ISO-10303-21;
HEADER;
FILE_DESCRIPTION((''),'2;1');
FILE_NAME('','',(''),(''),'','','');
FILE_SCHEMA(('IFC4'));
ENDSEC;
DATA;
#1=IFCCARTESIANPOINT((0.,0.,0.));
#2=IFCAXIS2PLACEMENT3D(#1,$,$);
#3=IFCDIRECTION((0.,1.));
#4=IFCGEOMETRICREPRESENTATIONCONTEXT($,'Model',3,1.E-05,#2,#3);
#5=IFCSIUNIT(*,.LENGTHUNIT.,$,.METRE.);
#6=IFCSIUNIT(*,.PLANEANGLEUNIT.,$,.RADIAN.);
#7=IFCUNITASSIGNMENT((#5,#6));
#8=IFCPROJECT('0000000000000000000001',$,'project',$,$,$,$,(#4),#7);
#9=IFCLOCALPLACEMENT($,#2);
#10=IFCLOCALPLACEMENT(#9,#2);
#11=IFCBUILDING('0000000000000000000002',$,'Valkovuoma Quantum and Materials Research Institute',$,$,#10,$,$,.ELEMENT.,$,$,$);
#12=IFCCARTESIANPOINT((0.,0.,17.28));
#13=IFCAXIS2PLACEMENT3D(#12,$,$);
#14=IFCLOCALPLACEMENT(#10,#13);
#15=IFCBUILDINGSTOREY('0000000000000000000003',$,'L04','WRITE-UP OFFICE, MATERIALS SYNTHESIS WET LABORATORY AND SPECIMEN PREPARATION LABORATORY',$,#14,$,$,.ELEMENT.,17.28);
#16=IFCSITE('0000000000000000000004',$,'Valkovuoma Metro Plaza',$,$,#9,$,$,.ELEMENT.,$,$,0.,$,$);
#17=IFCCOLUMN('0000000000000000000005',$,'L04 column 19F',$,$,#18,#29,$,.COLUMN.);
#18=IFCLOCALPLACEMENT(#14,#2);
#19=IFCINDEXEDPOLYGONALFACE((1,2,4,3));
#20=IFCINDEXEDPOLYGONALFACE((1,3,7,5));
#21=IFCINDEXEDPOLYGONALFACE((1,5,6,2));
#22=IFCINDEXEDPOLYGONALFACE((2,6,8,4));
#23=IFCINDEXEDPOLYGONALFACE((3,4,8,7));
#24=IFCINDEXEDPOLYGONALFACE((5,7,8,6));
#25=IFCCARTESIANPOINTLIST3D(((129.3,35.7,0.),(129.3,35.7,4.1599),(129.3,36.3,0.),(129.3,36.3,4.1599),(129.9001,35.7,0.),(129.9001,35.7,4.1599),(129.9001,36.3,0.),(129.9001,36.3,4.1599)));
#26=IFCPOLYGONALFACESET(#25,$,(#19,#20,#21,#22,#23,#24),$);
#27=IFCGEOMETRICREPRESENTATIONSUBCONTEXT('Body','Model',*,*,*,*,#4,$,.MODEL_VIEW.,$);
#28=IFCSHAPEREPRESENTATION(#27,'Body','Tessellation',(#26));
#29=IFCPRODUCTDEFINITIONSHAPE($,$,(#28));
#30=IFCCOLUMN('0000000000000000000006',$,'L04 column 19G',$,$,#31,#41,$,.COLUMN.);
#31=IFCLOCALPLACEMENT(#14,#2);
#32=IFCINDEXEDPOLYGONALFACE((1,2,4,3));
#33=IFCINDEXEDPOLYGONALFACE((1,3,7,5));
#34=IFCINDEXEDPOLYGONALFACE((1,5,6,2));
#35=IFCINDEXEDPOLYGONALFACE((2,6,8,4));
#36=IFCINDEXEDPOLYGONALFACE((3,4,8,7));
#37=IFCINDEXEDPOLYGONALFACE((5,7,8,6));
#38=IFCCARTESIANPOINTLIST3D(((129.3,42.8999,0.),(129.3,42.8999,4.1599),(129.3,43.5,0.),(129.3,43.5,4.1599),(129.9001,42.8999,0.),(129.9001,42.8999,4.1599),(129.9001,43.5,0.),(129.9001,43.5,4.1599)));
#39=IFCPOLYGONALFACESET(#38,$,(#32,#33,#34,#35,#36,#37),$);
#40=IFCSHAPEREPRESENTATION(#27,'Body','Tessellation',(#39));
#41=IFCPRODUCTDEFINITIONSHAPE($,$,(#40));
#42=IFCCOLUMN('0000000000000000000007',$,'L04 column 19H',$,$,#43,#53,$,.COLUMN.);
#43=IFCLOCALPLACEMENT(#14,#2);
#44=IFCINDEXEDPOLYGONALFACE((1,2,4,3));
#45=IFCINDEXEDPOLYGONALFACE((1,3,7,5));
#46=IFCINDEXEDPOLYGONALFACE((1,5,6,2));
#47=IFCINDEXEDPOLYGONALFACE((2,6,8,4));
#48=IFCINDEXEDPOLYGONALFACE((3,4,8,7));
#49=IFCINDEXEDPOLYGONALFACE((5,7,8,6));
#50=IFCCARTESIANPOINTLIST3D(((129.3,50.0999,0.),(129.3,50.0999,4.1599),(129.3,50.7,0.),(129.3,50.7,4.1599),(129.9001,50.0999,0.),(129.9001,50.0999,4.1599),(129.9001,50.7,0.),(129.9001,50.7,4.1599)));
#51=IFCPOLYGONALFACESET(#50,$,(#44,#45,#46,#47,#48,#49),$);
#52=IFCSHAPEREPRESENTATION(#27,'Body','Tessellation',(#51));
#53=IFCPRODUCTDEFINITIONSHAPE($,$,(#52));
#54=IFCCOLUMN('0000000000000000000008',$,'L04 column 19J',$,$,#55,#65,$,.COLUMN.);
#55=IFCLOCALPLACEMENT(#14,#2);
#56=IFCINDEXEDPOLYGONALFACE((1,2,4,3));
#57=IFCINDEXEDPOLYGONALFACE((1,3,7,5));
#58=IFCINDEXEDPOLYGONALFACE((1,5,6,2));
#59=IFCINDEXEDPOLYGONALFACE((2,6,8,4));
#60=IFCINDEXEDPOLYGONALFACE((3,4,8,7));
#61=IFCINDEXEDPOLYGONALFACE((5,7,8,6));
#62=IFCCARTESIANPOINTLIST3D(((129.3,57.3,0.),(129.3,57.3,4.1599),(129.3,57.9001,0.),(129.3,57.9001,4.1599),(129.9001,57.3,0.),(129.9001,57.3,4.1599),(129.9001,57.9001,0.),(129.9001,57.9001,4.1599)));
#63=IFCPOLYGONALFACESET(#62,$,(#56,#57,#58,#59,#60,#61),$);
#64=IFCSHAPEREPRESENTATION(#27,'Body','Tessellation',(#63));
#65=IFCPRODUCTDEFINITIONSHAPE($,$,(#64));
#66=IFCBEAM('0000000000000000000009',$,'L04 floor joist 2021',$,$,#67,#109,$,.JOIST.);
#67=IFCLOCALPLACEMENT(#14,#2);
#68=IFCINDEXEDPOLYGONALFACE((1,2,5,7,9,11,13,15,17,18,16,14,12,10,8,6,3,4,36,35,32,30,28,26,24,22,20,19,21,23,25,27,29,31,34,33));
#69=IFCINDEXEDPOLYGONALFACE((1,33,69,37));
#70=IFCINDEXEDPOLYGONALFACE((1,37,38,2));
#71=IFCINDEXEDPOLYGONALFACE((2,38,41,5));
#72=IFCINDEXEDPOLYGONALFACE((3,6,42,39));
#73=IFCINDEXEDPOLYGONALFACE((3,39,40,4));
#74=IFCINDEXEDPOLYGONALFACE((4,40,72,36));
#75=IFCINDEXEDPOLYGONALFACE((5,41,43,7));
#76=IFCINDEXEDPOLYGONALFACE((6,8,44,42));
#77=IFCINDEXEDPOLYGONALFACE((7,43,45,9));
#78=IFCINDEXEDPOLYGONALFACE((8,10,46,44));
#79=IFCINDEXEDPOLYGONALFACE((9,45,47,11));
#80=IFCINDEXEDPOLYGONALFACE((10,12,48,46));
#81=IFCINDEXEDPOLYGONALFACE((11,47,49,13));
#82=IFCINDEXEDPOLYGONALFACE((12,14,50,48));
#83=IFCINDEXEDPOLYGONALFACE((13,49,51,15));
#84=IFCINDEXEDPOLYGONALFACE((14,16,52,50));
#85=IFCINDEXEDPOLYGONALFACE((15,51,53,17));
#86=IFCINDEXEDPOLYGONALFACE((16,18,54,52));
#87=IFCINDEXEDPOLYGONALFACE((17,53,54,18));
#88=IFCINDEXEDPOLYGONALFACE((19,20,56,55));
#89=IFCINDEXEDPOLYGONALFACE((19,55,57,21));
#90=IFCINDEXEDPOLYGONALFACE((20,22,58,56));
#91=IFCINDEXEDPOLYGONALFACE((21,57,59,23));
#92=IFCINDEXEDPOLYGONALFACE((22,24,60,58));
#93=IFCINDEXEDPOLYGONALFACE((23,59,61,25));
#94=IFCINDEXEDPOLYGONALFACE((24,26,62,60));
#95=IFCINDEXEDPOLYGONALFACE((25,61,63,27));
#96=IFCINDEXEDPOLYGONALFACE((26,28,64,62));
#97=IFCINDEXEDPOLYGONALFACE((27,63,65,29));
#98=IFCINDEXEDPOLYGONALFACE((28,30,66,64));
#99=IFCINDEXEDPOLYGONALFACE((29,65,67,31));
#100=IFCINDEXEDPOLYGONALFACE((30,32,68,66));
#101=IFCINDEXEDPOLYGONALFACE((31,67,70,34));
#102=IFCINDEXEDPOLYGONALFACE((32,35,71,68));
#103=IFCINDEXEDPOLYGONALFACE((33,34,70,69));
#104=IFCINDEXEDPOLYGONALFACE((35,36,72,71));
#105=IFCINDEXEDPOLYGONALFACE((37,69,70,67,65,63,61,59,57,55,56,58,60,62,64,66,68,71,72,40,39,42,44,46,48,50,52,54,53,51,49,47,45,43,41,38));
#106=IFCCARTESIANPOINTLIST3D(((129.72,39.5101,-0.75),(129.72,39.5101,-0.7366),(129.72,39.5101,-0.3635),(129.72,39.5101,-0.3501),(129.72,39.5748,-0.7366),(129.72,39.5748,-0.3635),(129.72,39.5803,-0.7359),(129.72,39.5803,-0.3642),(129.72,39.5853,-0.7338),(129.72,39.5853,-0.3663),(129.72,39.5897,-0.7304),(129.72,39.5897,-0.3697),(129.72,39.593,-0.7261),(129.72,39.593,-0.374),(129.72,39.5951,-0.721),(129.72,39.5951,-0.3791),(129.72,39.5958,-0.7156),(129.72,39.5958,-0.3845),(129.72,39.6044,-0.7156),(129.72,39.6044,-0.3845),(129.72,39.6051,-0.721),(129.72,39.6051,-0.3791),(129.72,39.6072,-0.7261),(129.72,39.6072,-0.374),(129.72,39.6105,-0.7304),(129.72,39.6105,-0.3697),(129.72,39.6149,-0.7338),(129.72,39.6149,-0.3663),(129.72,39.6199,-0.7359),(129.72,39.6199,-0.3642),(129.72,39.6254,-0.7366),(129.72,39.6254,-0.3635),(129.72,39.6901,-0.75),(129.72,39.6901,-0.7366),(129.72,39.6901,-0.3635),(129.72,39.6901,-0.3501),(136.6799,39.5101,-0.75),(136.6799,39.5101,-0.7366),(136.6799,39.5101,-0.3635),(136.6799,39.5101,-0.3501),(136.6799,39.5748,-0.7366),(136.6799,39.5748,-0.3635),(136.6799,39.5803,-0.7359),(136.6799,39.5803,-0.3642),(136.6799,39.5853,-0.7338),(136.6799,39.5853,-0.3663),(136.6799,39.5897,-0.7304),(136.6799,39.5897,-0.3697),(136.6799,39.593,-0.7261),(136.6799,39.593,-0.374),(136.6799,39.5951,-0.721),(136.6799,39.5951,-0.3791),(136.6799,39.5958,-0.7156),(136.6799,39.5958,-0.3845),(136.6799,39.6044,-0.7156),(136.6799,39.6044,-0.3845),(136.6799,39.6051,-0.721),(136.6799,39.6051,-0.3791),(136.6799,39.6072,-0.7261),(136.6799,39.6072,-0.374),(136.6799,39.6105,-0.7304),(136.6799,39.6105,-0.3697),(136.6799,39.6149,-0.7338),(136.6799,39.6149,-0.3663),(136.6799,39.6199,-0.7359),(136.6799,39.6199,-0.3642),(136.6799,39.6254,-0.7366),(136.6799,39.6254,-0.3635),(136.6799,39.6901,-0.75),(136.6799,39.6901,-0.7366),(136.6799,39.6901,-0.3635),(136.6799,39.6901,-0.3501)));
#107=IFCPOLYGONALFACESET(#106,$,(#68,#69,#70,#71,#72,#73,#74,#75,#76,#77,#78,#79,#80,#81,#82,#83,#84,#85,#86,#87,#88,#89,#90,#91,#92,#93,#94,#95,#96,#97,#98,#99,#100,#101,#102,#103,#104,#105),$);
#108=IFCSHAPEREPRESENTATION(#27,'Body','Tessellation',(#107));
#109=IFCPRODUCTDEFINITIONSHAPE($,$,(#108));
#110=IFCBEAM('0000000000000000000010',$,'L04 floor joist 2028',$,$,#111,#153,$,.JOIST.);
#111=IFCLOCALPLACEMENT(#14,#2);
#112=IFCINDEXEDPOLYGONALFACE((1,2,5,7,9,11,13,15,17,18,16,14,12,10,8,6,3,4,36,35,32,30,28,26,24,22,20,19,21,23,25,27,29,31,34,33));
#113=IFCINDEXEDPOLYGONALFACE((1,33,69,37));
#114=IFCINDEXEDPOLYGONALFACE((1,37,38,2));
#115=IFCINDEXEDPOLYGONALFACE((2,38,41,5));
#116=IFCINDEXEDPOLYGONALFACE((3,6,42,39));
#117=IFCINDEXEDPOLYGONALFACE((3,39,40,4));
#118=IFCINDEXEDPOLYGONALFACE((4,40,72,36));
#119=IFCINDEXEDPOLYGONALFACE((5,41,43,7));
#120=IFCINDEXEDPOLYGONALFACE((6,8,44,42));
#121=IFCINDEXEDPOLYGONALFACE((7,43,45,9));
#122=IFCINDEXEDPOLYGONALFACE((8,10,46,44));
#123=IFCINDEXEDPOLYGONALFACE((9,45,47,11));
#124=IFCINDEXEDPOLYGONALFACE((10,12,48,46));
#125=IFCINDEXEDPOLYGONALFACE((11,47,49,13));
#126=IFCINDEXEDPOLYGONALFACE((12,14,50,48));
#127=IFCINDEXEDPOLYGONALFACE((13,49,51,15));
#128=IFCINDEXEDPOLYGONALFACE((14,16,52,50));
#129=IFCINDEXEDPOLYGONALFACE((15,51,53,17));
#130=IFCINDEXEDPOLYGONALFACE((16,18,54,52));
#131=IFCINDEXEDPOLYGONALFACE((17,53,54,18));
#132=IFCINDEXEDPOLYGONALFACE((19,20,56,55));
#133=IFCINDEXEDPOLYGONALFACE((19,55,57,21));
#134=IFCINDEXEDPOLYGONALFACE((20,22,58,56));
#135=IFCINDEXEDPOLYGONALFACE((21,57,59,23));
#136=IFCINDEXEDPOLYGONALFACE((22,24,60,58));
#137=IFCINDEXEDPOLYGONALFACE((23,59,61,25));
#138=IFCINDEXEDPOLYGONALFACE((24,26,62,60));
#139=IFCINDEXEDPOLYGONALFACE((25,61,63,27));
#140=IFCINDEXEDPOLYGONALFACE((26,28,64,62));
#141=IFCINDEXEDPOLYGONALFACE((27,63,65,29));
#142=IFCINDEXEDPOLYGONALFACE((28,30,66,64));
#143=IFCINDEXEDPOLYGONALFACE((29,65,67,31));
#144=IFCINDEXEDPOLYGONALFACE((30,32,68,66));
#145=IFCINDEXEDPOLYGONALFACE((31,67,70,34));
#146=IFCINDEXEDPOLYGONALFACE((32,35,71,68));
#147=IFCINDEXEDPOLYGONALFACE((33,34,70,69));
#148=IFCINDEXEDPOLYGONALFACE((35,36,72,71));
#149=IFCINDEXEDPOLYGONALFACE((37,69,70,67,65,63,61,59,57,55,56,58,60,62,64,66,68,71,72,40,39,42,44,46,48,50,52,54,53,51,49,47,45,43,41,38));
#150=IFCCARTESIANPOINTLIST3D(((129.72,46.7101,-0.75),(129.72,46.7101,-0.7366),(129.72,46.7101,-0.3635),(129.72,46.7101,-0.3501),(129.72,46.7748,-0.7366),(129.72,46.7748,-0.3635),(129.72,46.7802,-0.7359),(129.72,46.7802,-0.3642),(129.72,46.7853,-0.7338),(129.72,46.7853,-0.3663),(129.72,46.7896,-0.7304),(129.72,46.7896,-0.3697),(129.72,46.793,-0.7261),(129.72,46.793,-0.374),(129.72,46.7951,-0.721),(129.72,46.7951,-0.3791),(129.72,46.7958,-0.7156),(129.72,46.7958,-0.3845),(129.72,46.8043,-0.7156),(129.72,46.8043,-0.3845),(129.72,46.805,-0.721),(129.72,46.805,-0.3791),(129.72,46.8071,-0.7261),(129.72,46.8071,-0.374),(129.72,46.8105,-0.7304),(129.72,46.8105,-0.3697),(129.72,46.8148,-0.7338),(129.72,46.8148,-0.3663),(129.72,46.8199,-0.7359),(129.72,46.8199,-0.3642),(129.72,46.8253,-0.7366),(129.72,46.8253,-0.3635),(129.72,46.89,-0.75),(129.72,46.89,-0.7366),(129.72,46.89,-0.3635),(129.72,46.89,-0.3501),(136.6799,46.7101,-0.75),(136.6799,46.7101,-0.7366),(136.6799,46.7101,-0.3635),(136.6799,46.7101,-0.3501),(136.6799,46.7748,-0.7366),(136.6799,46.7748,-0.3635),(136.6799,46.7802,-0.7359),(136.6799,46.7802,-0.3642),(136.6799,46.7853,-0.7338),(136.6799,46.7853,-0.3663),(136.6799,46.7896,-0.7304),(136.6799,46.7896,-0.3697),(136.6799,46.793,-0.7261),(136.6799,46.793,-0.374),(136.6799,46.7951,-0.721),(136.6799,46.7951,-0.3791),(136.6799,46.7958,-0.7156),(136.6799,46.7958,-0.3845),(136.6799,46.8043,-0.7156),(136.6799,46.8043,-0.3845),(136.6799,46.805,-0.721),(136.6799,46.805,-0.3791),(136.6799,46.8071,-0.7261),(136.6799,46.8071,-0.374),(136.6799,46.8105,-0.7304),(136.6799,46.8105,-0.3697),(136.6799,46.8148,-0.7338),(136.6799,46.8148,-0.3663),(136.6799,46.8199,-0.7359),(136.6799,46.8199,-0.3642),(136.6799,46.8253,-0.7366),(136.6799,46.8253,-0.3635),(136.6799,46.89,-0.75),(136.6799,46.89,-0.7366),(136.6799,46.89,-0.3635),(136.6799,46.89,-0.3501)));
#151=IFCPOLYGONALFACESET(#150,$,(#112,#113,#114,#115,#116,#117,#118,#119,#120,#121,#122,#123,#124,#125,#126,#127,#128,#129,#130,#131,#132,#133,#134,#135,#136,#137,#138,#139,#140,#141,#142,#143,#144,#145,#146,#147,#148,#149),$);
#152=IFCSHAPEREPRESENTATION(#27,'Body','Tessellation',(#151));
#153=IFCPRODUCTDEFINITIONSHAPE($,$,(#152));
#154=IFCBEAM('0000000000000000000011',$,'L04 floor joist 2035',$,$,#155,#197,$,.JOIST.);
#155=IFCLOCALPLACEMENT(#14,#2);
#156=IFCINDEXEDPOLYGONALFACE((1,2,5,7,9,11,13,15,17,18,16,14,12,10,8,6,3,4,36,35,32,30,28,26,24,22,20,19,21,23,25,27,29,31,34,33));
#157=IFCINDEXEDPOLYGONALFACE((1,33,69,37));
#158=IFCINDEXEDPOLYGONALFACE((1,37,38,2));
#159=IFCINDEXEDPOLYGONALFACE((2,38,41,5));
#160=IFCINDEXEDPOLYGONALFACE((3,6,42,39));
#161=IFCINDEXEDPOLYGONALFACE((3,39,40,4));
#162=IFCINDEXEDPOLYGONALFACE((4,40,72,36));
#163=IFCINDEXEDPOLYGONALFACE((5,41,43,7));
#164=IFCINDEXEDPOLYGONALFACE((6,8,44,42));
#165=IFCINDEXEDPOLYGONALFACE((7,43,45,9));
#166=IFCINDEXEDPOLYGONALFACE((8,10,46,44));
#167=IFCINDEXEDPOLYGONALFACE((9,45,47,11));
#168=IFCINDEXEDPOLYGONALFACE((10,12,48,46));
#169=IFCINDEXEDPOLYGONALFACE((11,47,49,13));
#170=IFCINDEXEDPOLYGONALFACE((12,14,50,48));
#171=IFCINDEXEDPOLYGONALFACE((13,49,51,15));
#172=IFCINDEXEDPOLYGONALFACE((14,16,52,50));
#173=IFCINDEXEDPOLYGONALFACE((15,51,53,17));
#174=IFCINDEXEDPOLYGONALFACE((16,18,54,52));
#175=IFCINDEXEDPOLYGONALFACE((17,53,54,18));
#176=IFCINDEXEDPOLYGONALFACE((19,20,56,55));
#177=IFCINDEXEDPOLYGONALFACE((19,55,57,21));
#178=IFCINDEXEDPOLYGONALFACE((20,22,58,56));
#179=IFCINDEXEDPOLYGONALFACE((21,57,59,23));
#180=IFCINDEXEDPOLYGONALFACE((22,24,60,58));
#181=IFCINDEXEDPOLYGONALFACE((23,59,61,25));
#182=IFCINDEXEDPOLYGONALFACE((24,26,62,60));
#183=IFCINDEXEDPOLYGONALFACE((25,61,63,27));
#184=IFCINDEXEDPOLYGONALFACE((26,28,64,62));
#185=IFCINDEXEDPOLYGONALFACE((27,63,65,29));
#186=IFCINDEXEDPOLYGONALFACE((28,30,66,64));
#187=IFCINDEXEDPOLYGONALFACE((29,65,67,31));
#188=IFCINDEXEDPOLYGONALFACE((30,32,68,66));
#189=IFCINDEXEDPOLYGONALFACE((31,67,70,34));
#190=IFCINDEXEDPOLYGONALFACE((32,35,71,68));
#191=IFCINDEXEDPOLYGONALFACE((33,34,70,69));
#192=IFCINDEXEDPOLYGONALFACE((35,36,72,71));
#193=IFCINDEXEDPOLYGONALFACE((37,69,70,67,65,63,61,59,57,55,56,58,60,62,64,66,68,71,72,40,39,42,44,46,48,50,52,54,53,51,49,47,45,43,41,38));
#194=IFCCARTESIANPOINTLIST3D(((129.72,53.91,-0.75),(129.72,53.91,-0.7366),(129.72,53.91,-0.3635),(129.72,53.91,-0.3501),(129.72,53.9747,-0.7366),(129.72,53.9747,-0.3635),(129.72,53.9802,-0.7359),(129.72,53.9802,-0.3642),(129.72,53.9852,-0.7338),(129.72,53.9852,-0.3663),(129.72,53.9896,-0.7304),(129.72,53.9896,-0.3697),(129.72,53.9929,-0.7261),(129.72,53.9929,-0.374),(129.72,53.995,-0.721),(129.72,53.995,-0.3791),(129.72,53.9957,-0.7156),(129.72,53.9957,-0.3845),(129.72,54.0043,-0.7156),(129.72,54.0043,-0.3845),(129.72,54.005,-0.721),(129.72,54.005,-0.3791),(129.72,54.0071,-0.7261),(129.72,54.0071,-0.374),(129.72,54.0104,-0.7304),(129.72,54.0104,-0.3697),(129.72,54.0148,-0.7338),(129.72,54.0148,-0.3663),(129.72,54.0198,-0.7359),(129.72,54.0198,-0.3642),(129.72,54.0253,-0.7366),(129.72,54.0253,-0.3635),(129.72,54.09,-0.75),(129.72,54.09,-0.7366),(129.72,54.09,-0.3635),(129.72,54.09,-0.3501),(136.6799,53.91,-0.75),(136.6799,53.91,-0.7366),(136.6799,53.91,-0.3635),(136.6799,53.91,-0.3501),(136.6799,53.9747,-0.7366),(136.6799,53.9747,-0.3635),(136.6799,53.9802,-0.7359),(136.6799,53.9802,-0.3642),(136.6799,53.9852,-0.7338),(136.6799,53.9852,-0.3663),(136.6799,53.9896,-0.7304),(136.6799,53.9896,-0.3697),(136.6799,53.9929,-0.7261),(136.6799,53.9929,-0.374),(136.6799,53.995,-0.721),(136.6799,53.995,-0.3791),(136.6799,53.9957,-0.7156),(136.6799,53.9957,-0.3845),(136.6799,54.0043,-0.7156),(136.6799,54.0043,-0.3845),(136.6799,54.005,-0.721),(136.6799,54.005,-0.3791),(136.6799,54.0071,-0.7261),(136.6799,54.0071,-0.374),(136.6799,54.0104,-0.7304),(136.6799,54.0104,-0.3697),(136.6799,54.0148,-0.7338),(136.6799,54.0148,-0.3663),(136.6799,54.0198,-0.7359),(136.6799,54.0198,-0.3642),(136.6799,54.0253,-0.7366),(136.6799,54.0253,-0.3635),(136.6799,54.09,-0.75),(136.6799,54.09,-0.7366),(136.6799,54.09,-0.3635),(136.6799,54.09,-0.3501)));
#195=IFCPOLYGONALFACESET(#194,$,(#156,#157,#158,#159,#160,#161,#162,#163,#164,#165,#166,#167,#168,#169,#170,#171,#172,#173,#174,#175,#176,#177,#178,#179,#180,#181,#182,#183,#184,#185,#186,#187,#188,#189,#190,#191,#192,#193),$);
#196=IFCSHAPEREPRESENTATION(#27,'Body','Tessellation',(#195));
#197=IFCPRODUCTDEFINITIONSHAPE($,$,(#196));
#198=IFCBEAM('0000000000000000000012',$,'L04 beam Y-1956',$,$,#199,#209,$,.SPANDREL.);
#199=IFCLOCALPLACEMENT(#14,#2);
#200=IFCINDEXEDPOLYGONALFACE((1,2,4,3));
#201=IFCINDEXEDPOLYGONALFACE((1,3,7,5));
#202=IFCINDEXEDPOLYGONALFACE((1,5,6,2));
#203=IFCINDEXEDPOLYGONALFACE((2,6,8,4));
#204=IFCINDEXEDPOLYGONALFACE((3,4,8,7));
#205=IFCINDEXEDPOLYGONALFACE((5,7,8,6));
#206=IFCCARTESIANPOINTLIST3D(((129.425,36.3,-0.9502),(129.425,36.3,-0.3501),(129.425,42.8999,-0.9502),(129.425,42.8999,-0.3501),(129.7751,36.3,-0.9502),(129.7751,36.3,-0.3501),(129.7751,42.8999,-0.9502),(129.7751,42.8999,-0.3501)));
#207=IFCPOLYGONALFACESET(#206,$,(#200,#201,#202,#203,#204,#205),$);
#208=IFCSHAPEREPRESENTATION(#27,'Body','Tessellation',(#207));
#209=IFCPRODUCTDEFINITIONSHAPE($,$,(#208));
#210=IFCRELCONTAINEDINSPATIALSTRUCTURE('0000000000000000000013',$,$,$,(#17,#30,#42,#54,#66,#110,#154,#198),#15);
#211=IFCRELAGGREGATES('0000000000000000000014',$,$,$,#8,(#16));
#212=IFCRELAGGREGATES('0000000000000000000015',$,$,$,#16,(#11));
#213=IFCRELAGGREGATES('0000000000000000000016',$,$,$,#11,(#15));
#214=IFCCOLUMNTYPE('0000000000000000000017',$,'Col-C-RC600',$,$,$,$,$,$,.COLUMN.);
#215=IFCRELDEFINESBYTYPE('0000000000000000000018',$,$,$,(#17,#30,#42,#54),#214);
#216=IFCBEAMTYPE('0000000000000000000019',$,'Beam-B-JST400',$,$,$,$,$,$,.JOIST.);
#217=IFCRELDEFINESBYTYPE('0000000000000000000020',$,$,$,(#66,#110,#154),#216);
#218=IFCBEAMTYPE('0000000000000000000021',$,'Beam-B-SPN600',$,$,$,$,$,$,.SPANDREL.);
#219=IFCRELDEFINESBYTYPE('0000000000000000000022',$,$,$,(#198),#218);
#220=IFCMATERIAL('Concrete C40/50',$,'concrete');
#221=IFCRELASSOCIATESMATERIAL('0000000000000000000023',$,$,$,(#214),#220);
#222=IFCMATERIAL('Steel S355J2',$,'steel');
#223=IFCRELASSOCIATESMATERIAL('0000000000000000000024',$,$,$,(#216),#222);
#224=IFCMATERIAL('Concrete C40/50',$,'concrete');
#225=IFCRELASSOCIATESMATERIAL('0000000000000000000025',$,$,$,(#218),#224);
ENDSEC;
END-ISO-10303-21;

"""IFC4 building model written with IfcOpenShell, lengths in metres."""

from ifc_helpers import new_model, si_unit, direction, frame, origin, origin_2d, place, context, subcontext, project, spatial, rectangle, i_section, extrude, material, material_profile, profile_set, type_object, element, save


model = new_model("IFC4")

# Units and contexts
model_context = context("Model", 3, precision=1e-05, world=origin(), true_north=direction((0.0, 1.0)))
body_context = subcontext(model_context, "Body", "Model", "MODEL_VIEW")
ifc_project = project(units=[si_unit("LENGTHUNIT", "METRE"), si_unit("PLANEANGLEUNIT", "RADIAN")], contexts=[model_context])

# Site, building, storey
site_placement = place(None, origin())
site = spatial("IfcSite", under=ifc_project, at=site_placement, Name="Valkovuoma Metro Plaza", CompositionType="ELEMENT", RefElevation=0.0)
building_placement = place(site_placement, origin())
building = spatial("IfcBuilding", under=site, at=building_placement, Name="Valkovuoma Quantum and Materials Research Institute", CompositionType="ELEMENT")
storey_placement = place(building_placement, frame((0.0, 0.0, 17.28)))
storey = spatial("IfcBuildingStorey", under=building, at=storey_placement, Name="L04", Description="WRITE-UP OFFICE, MATERIALS SYNTHESIS WET LABORATORY AND SPECIMEN PREPARATION LABORATORY", CompositionType="ELEMENT", Elevation=17.28)

# Columns
ifc_material_1 = material(Name="Concrete C40/50", Category="concrete")
ifc_material_profile_1 = material_profile(ifc_material_1, rectangle(XDim=0.6001, YDim=0.6001, at=origin_2d()), Name="Concrete C40/50")
ifc_profile_set_1 = profile_set([ifc_material_profile_1], Name="Concrete C40/50")
column_type = type_object("IfcColumnType", Name="Col-C-RC600", PredefinedType="COLUMN", material=ifc_profile_set_1)
for number, where, z_axis, x_axis, name in (
    (1, (129.6001, 36.0, 0.0), (0.0, 0.0, 1.0), (1.0, 0.0, 0.0), "L04 column 19F"),
    (2, (129.6001, 43.2, 0.0), (0.0, 0.0, 1.0), (1.0, 0.0, 0.0), "L04 column 19G"),
    (3, (129.6001, 50.3999, 0.0), (0.0, 0.0, 1.0), (1.0, 0.0, 0.0), "L04 column 19H"),
    (4, (129.6001, 57.6001, 0.0), (0.0, 0.0, 1.0), (1.0, 0.0, 0.0), "L04 column 19J"),
):
    element("IfcColumn", number, at=place(storey_placement, frame(where, z_axis=z_axis, x_axis=x_axis)), inside=storey, type_object=column_type, Name=name, PredefinedType="COLUMN", context=body_context, shape_type="SweptSolid", body=[
        extrude(rectangle(XDim=0.6001, YDim=0.6001, at=origin_2d()), origin(), (0.0, 0.0, 1.0), 4.1599),
    ])

# Beams
ifc_material_2 = material(Name="Steel S355J2", Category="steel")
ifc_material_profile_2 = material_profile(ifc_material_2, i_section(OverallWidth=0.1799, OverallDepth=0.3999, WebThickness=0.0085, FlangeThickness=0.0134, FilletRadius=0.021, at=origin_2d()), Name="Steel S355J2")
ifc_profile_set_2 = profile_set([ifc_material_profile_2], Name="Steel S355J2")
beam_type_1 = type_object("IfcBeamType", Name="Beam-B-JST400", PredefinedType="JOIST", material=ifc_profile_set_2)
for number, where, z_axis, x_axis, name in (
    (5, (129.72, 39.6001, -0.55), (1.0, 0.0, 0.0), (0.0, 1.0, 0.0), "L04 floor joist 2021"),
    (6, (129.72, 46.8, -0.55), (1.0, 0.0, 0.0), (0.0, 1.0, 0.0), "L04 floor joist 2028"),
    (7, (129.72, 54.0, -0.55), (1.0, 0.0, 0.0), (0.0, 1.0, 0.0), "L04 floor joist 2035"),
):
    element("IfcBeam", number, at=place(storey_placement, frame(where, z_axis=z_axis, x_axis=x_axis)), inside=storey, type_object=beam_type_1, Name=name, PredefinedType="JOIST", context=body_context, shape_type="SweptSolid", body=[
        extrude(i_section(OverallWidth=0.1799, OverallDepth=0.3999, WebThickness=0.0085, FlangeThickness=0.0134, FilletRadius=0.021, at=origin_2d()), origin(), (0.0, 0.0, 1.0), 6.96),
    ])
ifc_material_3 = material(Name="Concrete C40/50", Category="concrete")
ifc_material_profile_3 = material_profile(ifc_material_3, rectangle(XDim=0.3501, YDim=0.6001, at=origin_2d()), Name="Concrete C40/50")
ifc_profile_set_3 = profile_set([ifc_material_profile_3], Name="Concrete C40/50")
beam_type_2 = type_object("IfcBeamType", Name="Beam-B-SPN600", PredefinedType="SPANDREL", material=ifc_profile_set_3)
beam_placement = place(storey_placement, frame((129.6001, 36.3, -0.6501), z_axis=(0.0, 1.0, 0.0), x_axis=(-1.0, 0.0, 0.0)))
element("IfcBeam", 8, at=beam_placement, inside=storey, type_object=beam_type_2, Name="L04 beam Y-1956", PredefinedType="SPANDREL", context=body_context, shape_type="SweptSolid", body=[
    extrude(rectangle(XDim=0.3501, YDim=0.6001, at=origin_2d()), origin(), (0.0, 0.0, 1.0), 6.5999),
])

save(model, "model.ifc")
